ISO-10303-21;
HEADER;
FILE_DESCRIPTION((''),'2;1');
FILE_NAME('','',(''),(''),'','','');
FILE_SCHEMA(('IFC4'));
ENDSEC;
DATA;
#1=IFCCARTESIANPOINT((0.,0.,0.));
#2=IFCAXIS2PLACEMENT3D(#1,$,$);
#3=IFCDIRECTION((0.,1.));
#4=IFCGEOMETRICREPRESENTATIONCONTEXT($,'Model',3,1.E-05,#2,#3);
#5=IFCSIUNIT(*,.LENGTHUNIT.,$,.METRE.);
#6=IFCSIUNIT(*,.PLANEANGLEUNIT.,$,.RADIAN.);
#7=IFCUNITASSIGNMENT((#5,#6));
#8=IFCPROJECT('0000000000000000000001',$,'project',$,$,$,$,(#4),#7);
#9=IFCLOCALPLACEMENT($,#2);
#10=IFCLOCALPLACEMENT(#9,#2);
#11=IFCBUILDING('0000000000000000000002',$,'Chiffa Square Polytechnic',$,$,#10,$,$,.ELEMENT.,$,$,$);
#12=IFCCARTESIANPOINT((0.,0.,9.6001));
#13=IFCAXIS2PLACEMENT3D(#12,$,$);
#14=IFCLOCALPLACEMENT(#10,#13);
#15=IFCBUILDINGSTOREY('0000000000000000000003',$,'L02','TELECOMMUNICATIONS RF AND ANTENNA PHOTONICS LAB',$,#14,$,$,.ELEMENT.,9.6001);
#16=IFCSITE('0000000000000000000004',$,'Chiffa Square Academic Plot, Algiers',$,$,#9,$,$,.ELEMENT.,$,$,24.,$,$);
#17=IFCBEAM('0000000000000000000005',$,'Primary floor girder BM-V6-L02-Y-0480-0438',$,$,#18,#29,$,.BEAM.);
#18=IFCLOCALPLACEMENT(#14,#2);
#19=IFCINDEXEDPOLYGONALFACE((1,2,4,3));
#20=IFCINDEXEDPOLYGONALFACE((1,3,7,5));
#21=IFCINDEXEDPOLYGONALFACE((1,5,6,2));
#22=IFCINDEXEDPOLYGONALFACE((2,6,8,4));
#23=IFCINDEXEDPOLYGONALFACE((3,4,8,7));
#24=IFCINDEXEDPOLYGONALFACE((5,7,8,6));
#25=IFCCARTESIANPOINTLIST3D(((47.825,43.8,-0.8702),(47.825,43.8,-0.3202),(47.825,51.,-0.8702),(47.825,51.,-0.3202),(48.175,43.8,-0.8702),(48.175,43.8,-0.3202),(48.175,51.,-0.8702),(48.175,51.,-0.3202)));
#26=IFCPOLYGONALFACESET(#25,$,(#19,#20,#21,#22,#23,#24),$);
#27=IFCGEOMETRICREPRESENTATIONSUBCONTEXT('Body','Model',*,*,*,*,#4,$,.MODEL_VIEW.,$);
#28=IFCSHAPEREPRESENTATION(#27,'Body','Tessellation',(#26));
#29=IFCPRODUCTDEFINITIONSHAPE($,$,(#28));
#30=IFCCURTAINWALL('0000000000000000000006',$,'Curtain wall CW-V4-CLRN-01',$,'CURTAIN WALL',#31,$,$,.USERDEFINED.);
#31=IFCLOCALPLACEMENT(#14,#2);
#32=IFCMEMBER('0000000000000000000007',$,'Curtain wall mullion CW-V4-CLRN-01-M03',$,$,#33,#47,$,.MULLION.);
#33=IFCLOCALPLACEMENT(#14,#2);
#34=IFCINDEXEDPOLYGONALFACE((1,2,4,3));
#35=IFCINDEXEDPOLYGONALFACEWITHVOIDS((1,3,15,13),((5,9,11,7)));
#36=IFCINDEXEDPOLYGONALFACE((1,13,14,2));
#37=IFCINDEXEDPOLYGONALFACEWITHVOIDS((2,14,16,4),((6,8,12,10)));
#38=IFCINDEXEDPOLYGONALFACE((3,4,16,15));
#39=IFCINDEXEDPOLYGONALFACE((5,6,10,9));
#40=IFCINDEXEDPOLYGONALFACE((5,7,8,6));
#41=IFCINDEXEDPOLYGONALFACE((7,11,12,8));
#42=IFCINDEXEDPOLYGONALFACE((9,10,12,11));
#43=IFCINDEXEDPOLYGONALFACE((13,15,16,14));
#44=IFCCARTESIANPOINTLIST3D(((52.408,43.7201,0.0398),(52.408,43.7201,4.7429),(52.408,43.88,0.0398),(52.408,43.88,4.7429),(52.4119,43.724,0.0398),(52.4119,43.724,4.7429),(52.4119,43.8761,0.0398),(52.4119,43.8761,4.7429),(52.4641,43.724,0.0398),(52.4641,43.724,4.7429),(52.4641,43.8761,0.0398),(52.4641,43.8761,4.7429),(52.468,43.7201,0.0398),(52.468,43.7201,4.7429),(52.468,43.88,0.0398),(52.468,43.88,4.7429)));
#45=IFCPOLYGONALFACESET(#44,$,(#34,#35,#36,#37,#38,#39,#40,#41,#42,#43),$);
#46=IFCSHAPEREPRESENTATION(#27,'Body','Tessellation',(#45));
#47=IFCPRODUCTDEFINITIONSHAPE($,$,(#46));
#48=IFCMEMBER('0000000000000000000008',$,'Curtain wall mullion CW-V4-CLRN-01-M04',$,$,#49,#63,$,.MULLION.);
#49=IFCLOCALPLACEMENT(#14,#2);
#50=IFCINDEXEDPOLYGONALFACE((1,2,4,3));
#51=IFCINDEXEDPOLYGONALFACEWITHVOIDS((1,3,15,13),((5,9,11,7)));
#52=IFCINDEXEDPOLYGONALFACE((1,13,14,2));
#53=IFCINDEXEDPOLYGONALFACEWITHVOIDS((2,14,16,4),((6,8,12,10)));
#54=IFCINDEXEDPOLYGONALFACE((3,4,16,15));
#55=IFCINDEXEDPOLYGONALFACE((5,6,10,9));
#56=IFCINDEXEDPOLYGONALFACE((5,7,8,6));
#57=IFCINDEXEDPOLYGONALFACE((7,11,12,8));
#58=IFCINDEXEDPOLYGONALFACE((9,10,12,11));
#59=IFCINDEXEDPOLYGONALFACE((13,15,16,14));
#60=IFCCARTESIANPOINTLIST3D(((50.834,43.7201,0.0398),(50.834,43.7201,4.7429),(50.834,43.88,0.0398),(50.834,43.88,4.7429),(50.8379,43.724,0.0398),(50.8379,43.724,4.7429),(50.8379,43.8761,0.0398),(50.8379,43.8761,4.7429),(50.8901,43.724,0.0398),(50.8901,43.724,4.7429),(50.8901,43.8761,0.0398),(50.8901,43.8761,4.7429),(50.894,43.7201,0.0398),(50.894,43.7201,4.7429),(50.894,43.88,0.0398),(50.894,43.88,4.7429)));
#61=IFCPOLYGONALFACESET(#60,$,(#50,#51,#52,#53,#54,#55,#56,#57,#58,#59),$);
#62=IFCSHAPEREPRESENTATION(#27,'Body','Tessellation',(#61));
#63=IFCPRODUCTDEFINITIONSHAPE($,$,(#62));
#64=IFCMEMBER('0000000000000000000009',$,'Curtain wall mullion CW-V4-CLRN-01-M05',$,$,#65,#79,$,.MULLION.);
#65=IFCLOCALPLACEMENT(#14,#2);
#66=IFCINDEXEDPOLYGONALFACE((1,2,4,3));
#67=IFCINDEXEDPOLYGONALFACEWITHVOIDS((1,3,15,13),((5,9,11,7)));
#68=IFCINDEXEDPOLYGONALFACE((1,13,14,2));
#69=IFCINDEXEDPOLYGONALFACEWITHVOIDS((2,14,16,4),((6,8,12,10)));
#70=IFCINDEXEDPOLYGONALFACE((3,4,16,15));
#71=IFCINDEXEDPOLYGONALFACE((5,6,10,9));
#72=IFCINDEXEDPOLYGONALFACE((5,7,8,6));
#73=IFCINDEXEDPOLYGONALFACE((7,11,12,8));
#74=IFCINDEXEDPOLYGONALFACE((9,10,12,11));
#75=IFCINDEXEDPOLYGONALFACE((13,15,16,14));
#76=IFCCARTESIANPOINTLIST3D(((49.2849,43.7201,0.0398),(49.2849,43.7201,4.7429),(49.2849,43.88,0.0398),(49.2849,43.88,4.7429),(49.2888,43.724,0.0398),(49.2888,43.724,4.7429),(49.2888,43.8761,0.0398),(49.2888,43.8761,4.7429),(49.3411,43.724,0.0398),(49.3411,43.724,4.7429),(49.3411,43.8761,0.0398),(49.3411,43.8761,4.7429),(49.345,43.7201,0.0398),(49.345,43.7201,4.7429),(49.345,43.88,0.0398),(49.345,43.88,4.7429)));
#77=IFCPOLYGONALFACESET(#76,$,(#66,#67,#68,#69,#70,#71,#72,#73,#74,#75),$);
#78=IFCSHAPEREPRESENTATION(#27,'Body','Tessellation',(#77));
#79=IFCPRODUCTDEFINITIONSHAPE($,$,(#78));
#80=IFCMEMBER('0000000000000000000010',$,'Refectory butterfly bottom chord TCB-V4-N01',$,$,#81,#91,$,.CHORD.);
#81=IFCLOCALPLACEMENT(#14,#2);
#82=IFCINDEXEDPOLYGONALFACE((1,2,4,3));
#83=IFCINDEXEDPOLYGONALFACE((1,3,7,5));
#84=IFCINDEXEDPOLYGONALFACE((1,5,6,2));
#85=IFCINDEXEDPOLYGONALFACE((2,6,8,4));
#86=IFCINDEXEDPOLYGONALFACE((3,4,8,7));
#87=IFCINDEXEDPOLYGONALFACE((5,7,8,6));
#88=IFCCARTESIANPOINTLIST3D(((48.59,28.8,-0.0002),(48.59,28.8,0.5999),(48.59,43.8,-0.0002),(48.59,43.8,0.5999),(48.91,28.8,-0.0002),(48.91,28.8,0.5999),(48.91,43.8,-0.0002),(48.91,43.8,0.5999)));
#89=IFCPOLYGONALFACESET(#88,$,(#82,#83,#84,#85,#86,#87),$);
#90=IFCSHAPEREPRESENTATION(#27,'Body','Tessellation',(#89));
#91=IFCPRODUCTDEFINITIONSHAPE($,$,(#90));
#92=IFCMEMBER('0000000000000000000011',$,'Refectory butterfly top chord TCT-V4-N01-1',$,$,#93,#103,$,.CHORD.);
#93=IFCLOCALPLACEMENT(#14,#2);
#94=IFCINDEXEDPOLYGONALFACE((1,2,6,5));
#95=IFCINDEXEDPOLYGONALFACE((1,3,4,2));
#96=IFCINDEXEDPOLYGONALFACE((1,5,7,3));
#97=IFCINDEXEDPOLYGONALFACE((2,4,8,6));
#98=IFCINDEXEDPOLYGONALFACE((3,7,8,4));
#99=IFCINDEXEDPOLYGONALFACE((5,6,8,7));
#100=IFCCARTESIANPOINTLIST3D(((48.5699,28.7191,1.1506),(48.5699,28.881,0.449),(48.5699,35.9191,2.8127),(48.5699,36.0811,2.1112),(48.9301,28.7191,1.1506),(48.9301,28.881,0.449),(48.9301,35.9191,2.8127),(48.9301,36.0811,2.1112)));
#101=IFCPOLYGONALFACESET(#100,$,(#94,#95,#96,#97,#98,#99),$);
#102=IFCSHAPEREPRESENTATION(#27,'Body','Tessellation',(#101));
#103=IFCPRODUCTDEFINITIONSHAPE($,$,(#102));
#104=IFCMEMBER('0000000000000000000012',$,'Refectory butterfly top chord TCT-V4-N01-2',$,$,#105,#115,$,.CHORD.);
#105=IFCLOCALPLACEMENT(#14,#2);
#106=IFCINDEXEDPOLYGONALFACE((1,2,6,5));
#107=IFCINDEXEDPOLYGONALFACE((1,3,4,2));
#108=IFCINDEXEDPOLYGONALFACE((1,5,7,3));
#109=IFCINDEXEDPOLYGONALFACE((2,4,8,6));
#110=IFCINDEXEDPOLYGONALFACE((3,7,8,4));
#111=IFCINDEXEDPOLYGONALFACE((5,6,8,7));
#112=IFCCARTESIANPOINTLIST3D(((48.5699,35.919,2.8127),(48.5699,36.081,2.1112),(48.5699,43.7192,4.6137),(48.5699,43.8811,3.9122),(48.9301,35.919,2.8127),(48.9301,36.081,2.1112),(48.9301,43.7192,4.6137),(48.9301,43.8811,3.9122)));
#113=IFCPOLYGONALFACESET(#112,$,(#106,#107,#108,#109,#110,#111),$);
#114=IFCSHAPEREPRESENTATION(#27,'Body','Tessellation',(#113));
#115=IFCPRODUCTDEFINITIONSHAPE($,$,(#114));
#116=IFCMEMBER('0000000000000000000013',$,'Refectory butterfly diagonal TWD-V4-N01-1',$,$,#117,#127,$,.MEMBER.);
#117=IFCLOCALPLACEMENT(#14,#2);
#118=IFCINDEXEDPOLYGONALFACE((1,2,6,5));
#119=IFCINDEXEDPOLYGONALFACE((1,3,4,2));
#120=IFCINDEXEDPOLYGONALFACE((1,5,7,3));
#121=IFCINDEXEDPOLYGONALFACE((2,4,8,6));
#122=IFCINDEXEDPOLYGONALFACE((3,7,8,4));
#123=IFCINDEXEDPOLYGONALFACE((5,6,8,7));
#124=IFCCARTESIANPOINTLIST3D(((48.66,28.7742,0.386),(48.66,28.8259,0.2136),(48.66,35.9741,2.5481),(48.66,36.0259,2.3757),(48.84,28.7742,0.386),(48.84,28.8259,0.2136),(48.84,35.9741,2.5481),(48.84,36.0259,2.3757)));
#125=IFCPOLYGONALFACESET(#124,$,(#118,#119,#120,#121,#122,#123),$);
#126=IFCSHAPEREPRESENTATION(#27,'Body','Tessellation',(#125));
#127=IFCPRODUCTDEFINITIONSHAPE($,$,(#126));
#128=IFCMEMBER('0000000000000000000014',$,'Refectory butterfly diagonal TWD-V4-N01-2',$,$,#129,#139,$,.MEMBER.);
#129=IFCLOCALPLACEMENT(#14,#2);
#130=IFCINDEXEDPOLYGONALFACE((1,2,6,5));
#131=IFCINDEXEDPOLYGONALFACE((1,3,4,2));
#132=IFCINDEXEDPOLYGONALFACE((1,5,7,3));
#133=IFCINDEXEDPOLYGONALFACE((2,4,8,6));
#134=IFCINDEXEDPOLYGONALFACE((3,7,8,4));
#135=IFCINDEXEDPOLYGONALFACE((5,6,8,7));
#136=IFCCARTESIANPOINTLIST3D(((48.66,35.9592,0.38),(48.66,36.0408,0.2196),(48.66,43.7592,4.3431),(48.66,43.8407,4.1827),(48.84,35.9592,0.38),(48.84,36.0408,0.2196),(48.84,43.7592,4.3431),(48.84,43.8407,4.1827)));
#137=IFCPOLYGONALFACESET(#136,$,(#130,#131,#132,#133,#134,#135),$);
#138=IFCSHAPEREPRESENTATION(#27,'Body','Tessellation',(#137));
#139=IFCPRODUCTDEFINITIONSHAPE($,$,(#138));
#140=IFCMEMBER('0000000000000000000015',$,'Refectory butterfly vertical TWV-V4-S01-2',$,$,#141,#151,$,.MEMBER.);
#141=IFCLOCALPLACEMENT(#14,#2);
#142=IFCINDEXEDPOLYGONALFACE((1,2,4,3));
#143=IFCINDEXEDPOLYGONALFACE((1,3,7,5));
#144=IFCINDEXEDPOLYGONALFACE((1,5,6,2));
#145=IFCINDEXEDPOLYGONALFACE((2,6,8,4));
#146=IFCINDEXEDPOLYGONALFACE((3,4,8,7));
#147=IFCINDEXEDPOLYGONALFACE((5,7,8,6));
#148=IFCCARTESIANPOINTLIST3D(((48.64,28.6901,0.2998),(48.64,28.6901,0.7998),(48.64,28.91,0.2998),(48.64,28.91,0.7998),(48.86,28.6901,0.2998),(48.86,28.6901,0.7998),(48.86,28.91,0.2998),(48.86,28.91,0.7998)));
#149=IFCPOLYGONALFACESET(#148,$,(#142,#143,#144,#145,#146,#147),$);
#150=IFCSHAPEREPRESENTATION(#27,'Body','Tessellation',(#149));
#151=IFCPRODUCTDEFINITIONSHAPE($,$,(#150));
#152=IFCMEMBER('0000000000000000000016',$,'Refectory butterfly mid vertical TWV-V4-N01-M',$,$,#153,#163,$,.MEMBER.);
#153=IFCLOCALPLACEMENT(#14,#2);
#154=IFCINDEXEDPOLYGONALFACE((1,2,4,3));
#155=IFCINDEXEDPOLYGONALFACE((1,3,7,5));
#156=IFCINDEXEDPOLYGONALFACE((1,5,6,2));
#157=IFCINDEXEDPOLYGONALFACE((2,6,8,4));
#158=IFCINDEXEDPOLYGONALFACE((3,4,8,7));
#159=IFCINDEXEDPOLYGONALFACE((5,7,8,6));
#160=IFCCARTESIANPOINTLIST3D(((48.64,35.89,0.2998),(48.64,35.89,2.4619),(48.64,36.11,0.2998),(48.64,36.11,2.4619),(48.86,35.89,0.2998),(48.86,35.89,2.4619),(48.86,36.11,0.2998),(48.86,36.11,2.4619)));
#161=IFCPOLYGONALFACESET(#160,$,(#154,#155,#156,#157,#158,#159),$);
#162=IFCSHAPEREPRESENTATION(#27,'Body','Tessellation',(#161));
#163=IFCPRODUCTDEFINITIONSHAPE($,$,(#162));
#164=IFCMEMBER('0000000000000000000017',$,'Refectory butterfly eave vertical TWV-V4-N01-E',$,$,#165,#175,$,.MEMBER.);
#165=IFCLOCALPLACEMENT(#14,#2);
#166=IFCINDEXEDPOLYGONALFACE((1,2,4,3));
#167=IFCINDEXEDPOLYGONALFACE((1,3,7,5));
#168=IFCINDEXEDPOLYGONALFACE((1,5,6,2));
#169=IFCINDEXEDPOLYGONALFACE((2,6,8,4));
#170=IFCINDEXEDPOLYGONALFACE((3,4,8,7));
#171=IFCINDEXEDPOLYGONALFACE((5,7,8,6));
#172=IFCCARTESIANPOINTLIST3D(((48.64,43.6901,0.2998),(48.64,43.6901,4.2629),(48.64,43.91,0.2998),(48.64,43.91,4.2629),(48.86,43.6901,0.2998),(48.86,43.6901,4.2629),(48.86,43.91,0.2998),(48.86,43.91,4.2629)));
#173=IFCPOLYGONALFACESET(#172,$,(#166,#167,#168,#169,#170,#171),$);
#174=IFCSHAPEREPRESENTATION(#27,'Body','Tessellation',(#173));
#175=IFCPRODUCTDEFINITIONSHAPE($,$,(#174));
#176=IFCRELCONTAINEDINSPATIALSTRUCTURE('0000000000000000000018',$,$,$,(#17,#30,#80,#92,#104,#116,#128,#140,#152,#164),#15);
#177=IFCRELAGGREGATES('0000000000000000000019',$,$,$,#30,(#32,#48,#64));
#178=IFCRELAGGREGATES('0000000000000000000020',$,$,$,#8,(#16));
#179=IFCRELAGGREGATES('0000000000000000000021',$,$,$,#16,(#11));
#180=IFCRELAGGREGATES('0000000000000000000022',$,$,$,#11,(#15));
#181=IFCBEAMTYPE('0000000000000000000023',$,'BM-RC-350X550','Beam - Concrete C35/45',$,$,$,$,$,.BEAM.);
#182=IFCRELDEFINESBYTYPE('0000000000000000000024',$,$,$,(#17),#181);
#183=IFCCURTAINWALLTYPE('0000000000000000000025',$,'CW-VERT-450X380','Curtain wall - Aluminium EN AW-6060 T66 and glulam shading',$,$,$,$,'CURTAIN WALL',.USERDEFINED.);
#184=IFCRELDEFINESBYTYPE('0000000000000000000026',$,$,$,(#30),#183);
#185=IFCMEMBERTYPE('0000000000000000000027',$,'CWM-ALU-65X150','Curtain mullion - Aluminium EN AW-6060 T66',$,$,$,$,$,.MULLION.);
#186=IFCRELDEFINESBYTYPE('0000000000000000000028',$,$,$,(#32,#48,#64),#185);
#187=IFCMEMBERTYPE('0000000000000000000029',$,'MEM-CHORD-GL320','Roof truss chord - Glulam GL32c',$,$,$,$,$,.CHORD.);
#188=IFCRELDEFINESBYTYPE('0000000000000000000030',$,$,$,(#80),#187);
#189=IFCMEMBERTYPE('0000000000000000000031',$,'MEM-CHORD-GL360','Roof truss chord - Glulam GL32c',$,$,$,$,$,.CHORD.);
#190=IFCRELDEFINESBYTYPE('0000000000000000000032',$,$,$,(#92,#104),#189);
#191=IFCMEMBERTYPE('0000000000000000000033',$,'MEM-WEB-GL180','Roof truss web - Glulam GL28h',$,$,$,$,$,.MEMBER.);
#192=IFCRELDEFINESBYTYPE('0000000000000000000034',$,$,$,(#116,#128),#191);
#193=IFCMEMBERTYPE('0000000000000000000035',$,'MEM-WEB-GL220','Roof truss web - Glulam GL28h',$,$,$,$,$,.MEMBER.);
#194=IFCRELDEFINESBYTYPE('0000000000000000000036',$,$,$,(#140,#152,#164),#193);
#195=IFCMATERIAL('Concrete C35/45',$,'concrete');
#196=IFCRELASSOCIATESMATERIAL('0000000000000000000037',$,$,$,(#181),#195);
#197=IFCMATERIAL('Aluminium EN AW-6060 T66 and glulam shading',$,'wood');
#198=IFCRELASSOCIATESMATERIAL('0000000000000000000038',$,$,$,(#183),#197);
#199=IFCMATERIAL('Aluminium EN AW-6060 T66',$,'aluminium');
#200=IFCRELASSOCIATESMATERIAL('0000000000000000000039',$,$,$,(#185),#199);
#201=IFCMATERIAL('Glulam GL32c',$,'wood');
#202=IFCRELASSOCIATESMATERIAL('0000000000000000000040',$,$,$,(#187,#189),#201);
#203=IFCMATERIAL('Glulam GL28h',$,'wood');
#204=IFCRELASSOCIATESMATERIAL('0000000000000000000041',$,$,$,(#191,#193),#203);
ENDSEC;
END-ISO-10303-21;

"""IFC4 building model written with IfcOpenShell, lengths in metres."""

from ifc_helpers import new_model, si_unit, direction, frame, origin, origin_2d, place, context, subcontext, project, spatial, rectangle, hollow_rectangle, extrude, material, material_profile, profile_set, type_object, element, aggregate, save


model = new_model("IFC4")

# Units and contexts
model_context = context("Model", 3, precision=1e-05, world=origin(), true_north=direction((0.0, 1.0)))
body_context = subcontext(model_context, "Body", "Model", "MODEL_VIEW")
ifc_project = project(units=[si_unit("LENGTHUNIT", "METRE"), si_unit("PLANEANGLEUNIT", "RADIAN")], contexts=[model_context])

# Site, building, storey
site_placement = place(None, origin())
site = spatial("IfcSite", under=ifc_project, at=site_placement, Name="Chiffa Square Academic Plot, Algiers", CompositionType="ELEMENT", RefElevation=24.0)
building_placement = place(site_placement, origin())
building = spatial("IfcBuilding", under=site, at=building_placement, Name="Chiffa Square Polytechnic", CompositionType="ELEMENT")
storey_placement = place(building_placement, frame((0.0, 0.0, 9.6001)))
storey = spatial("IfcBuildingStorey", under=building, at=storey_placement, Name="L02", Description="TELECOMMUNICATIONS RF AND ANTENNA PHOTONICS LAB", CompositionType="ELEMENT", Elevation=9.6001)

# Beam
ifc_material_1 = material(Name="Concrete C35/45", Category="concrete")
ifc_material_profile_1 = material_profile(ifc_material_1, rectangle(XDim=0.3501, YDim=0.55, at=origin_2d()), Name="RC 350x550")
ifc_profile_set_1 = profile_set([ifc_material_profile_1], Name="Concrete C35/45")
beam_type = type_object("IfcBeamType", Name="BM-RC-350X550", Description="Beam - Concrete C35/45", PredefinedType="BEAM", material=ifc_profile_set_1)
beam_placement = place(storey_placement, frame((48.0, 43.8, -0.5952), z_axis=(0.0, 1.0, 0.0), x_axis=(-1.0, 0.0, 0.0)))
element("IfcBeam", 1, at=beam_placement, inside=storey, type_object=beam_type, Name="Primary floor girder BM-V6-L02-Y-0480-0438", PredefinedType="BEAM", context=body_context, shape_type="SweptSolid", body=[
    extrude(rectangle(XDim=0.3501, YDim=0.55, at=origin_2d()), origin(), (0.0, 0.0, 1.0), 7.2),
])

# Curtain wall, members
ifc_material_2 = material(Name="Aluminium EN AW-6060 T66 and glulam shading", Category="wood")
curtain_wall_type = type_object("IfcCurtainWallType", Name="CW-VERT-450X380", Description="Curtain wall - Aluminium EN AW-6060 T66 and glulam shading", ElementType="CURTAIN WALL", PredefinedType="USERDEFINED", material=ifc_material_2)
curtain_wall_placement = place(storey_placement, origin())
curtain_wall = element("IfcCurtainWall", 2, at=curtain_wall_placement, inside=storey, type_object=curtain_wall_type, Name="Curtain wall CW-V4-CLRN-01", ObjectType="CURTAIN WALL", PredefinedType="USERDEFINED")
ifc_material_3 = material(Name="Aluminium EN AW-6060 T66", Category="aluminium")
ifc_material_profile_2 = material_profile(ifc_material_3, hollow_rectangle(XDim=0.0601, YDim=0.1599, WallThickness=0.0039, at=origin_2d()), Name="ALU 60x160x4")
ifc_profile_set_2 = profile_set([ifc_material_profile_2], Name="Aluminium EN AW-6060 T66")
member_type_1 = type_object("IfcMemberType", Name="CWM-ALU-65X150", Description="Curtain mullion - Aluminium EN AW-6060 T66", PredefinedType="MULLION", material=ifc_profile_set_2)
member_1_placement = place(storey_placement, frame((52.438, 43.8, 0.0398), z_axis=(0.0, 0.0, 1.0), x_axis=(1.0, 0.0, 0.0)))
member_1 = element("IfcMember", 3, at=member_1_placement, type_object=member_type_1, Name="Curtain wall mullion CW-V4-CLRN-01-M03", PredefinedType="MULLION", context=body_context, shape_type="SweptSolid", body=[
    extrude(hollow_rectangle(XDim=0.0601, YDim=0.1599, WallThickness=0.0039, at=origin_2d()), origin(), (0.0, 0.0, 1.0), 4.7031),
])
member_2_placement = place(storey_placement, frame((50.864, 43.8, 0.0398), z_axis=(0.0, 0.0, 1.0), x_axis=(1.0, 0.0, 0.0)))
member_2 = element("IfcMember", 4, at=member_2_placement, type_object=member_type_1, Name="Curtain wall mullion CW-V4-CLRN-01-M04", PredefinedType="MULLION", context=body_context, shape_type="SweptSolid", body=[
    extrude(hollow_rectangle(XDim=0.0601, YDim=0.1599, WallThickness=0.0039, at=origin_2d()), origin(), (0.0, 0.0, 1.0), 4.7031),
])
member_3_placement = place(storey_placement, frame((49.3149, 43.8, 0.0398), z_axis=(0.0, 0.0, 1.0), x_axis=(1.0, 0.0, 0.0)))
member_3 = element("IfcMember", 5, at=member_3_placement, type_object=member_type_1, Name="Curtain wall mullion CW-V4-CLRN-01-M05", PredefinedType="MULLION", context=body_context, shape_type="SweptSolid", body=[
    extrude(hollow_rectangle(XDim=0.0601, YDim=0.1599, WallThickness=0.0039, at=origin_2d()), origin(), (0.0, 0.0, 1.0), 4.7031),
])

# Members
ifc_material_4 = material(Name="Glulam GL32c", Category="wood")
ifc_material_profile_3 = material_profile(ifc_material_4, rectangle(XDim=0.3201, YDim=0.6001, at=origin_2d()), Name="GL32c 320x600")
ifc_profile_set_3 = profile_set([ifc_material_profile_3], Name="Glulam GL32c")
member_type_2 = type_object("IfcMemberType", Name="MEM-CHORD-GL320", Description="Roof truss chord - Glulam GL32c", PredefinedType="CHORD", material=ifc_profile_set_3)
member_4_placement = place(storey_placement, frame((48.75, 28.8, 0.2998), z_axis=(0.0, 1.0, 0.0), x_axis=(-1.0, 0.0, 0.0)))
element("IfcMember", 6, at=member_4_placement, inside=storey, type_object=member_type_2, Name="Refectory butterfly bottom chord TCB-V4-N01", PredefinedType="CHORD", context=body_context, shape_type="SweptSolid", body=[
    extrude(rectangle(XDim=0.3201, YDim=0.6001, at=origin_2d()), origin(), (0.0, 0.0, 1.0), 15.0),
])
ifc_material_profile_4 = material_profile(ifc_material_4, rectangle(XDim=0.3601, YDim=0.72, at=origin_2d()), Name="GL32c 360x720")
ifc_profile_set_4 = profile_set([ifc_material_profile_4], Name="Glulam GL32c")
member_type_3 = type_object("IfcMemberType", Name="MEM-CHORD-GL360", Description="Roof truss chord - Glulam GL32c", PredefinedType="CHORD", material=ifc_profile_set_4)
member_5_placement = place(storey_placement, frame((48.75, 28.8, 0.7998), z_axis=(0.0, 0.974374, 0.224934), x_axis=(-1.0, 0.0, 0.0)))
element("IfcMember", 7, at=member_5_placement, inside=storey, type_object=member_type_3, Name="Refectory butterfly top chord TCT-V4-N01-1", PredefinedType="CHORD", context=body_context, shape_type="SweptSolid", body=[
    extrude(rectangle(XDim=0.3601, YDim=0.72, at=origin_2d()), origin(), (0.0, 0.0, 1.0), 7.3894),
])
member_6_placement = place(storey_placement, frame((48.75, 36.0, 2.4619), z_axis=(0.0, 0.974363, 0.22498), x_axis=(-1.0, 0.0, 0.0)))
element("IfcMember", 8, at=member_6_placement, inside=storey, type_object=member_type_3, Name="Refectory butterfly top chord TCT-V4-N01-2", PredefinedType="CHORD", context=body_context, shape_type="SweptSolid", body=[
    extrude(rectangle(XDim=0.3601, YDim=0.72, at=origin_2d()), origin(), (0.0, 0.0, 1.0), 8.0054),
])
ifc_material_5 = material(Name="Glulam GL28h", Category="wood")
ifc_material_profile_5 = material_profile(ifc_material_5, rectangle(XDim=0.1799, YDim=0.1799, at=origin_2d()), Name="GL28h 180x180")
ifc_profile_set_5 = profile_set([ifc_material_profile_5], Name="Glulam GL28h")
member_type_4 = type_object("IfcMemberType", Name="MEM-WEB-GL180", Description="Roof truss web - Glulam GL28h", PredefinedType="MEMBER", material=ifc_profile_set_5)
member_7_placement = place(storey_placement, frame((48.75, 28.8, 0.2998), z_axis=(0.0, 0.957748, 0.287607), x_axis=(-1.0, 0.0, 0.0)))
element("IfcMember", 9, at=member_7_placement, inside=storey, type_object=member_type_4, Name="Refectory butterfly diagonal TWD-V4-N01-1", PredefinedType="MEMBER", context=body_context, shape_type="SweptSolid", body=[
    extrude(rectangle(XDim=0.1799, YDim=0.1799, at=origin_2d()), origin(), (0.0, 0.0, 1.0), 7.5176),
])
member_8_placement = place(storey_placement, frame((48.75, 36.0, 0.2998), z_axis=(0.0, 0.891523, 0.452975), x_axis=(-1.0, 0.0, 0.0)))
element("IfcMember", 10, at=member_8_placement, inside=storey, type_object=member_type_4, Name="Refectory butterfly diagonal TWD-V4-N01-2", PredefinedType="MEMBER", context=body_context, shape_type="SweptSolid", body=[
    extrude(rectangle(XDim=0.1799, YDim=0.1799, at=origin_2d()), origin(), (0.0, 0.0, 1.0), 8.749),
])
ifc_material_profile_6 = material_profile(ifc_material_5, rectangle(XDim=0.22, YDim=0.22, at=origin_2d()), Name="GL28h 220x220")
ifc_profile_set_6 = profile_set([ifc_material_profile_6], Name="Glulam GL28h")
member_type_5 = type_object("IfcMemberType", Name="MEM-WEB-GL220", Description="Roof truss web - Glulam GL28h", PredefinedType="MEMBER", material=ifc_profile_set_6)
member_9_placement = place(storey_placement, frame((48.75, 28.8, 0.2998), z_axis=(0.0, 0.0, 1.0), x_axis=(1.0, 0.0, 0.0)))
element("IfcMember", 11, at=member_9_placement, inside=storey, type_object=member_type_5, Name="Refectory butterfly vertical TWV-V4-S01-2", PredefinedType="MEMBER", context=body_context, shape_type="SweptSolid", body=[
    extrude(rectangle(XDim=0.22, YDim=0.22, at=origin_2d()), origin(), (0.0, 0.0, 1.0), 0.5),
])
member_10_placement = place(storey_placement, frame((48.75, 36.0, 0.2998), z_axis=(0.0, 0.0, 1.0), x_axis=(1.0, 0.0, 0.0)))
element("IfcMember", 12, at=member_10_placement, inside=storey, type_object=member_type_5, Name="Refectory butterfly mid vertical TWV-V4-N01-M", PredefinedType="MEMBER", context=body_context, shape_type="SweptSolid", body=[
    extrude(rectangle(XDim=0.22, YDim=0.22, at=origin_2d()), origin(), (0.0, 0.0, 1.0), 2.1621),
])
member_11_placement = place(storey_placement, frame((48.75, 43.8, 0.2998), z_axis=(0.0, 0.0, 1.0), x_axis=(1.0, 0.0, 0.0)))
element("IfcMember", 13, at=member_11_placement, inside=storey, type_object=member_type_5, Name="Refectory butterfly eave vertical TWV-V4-N01-E", PredefinedType="MEMBER", context=body_context, shape_type="SweptSolid", body=[
    extrude(rectangle(XDim=0.22, YDim=0.22, at=origin_2d()), origin(), (0.0, 0.0, 1.0), 3.9631),
])

aggregate(curtain_wall, [member_1, member_2, member_3])

save(model, "model.ifc")
